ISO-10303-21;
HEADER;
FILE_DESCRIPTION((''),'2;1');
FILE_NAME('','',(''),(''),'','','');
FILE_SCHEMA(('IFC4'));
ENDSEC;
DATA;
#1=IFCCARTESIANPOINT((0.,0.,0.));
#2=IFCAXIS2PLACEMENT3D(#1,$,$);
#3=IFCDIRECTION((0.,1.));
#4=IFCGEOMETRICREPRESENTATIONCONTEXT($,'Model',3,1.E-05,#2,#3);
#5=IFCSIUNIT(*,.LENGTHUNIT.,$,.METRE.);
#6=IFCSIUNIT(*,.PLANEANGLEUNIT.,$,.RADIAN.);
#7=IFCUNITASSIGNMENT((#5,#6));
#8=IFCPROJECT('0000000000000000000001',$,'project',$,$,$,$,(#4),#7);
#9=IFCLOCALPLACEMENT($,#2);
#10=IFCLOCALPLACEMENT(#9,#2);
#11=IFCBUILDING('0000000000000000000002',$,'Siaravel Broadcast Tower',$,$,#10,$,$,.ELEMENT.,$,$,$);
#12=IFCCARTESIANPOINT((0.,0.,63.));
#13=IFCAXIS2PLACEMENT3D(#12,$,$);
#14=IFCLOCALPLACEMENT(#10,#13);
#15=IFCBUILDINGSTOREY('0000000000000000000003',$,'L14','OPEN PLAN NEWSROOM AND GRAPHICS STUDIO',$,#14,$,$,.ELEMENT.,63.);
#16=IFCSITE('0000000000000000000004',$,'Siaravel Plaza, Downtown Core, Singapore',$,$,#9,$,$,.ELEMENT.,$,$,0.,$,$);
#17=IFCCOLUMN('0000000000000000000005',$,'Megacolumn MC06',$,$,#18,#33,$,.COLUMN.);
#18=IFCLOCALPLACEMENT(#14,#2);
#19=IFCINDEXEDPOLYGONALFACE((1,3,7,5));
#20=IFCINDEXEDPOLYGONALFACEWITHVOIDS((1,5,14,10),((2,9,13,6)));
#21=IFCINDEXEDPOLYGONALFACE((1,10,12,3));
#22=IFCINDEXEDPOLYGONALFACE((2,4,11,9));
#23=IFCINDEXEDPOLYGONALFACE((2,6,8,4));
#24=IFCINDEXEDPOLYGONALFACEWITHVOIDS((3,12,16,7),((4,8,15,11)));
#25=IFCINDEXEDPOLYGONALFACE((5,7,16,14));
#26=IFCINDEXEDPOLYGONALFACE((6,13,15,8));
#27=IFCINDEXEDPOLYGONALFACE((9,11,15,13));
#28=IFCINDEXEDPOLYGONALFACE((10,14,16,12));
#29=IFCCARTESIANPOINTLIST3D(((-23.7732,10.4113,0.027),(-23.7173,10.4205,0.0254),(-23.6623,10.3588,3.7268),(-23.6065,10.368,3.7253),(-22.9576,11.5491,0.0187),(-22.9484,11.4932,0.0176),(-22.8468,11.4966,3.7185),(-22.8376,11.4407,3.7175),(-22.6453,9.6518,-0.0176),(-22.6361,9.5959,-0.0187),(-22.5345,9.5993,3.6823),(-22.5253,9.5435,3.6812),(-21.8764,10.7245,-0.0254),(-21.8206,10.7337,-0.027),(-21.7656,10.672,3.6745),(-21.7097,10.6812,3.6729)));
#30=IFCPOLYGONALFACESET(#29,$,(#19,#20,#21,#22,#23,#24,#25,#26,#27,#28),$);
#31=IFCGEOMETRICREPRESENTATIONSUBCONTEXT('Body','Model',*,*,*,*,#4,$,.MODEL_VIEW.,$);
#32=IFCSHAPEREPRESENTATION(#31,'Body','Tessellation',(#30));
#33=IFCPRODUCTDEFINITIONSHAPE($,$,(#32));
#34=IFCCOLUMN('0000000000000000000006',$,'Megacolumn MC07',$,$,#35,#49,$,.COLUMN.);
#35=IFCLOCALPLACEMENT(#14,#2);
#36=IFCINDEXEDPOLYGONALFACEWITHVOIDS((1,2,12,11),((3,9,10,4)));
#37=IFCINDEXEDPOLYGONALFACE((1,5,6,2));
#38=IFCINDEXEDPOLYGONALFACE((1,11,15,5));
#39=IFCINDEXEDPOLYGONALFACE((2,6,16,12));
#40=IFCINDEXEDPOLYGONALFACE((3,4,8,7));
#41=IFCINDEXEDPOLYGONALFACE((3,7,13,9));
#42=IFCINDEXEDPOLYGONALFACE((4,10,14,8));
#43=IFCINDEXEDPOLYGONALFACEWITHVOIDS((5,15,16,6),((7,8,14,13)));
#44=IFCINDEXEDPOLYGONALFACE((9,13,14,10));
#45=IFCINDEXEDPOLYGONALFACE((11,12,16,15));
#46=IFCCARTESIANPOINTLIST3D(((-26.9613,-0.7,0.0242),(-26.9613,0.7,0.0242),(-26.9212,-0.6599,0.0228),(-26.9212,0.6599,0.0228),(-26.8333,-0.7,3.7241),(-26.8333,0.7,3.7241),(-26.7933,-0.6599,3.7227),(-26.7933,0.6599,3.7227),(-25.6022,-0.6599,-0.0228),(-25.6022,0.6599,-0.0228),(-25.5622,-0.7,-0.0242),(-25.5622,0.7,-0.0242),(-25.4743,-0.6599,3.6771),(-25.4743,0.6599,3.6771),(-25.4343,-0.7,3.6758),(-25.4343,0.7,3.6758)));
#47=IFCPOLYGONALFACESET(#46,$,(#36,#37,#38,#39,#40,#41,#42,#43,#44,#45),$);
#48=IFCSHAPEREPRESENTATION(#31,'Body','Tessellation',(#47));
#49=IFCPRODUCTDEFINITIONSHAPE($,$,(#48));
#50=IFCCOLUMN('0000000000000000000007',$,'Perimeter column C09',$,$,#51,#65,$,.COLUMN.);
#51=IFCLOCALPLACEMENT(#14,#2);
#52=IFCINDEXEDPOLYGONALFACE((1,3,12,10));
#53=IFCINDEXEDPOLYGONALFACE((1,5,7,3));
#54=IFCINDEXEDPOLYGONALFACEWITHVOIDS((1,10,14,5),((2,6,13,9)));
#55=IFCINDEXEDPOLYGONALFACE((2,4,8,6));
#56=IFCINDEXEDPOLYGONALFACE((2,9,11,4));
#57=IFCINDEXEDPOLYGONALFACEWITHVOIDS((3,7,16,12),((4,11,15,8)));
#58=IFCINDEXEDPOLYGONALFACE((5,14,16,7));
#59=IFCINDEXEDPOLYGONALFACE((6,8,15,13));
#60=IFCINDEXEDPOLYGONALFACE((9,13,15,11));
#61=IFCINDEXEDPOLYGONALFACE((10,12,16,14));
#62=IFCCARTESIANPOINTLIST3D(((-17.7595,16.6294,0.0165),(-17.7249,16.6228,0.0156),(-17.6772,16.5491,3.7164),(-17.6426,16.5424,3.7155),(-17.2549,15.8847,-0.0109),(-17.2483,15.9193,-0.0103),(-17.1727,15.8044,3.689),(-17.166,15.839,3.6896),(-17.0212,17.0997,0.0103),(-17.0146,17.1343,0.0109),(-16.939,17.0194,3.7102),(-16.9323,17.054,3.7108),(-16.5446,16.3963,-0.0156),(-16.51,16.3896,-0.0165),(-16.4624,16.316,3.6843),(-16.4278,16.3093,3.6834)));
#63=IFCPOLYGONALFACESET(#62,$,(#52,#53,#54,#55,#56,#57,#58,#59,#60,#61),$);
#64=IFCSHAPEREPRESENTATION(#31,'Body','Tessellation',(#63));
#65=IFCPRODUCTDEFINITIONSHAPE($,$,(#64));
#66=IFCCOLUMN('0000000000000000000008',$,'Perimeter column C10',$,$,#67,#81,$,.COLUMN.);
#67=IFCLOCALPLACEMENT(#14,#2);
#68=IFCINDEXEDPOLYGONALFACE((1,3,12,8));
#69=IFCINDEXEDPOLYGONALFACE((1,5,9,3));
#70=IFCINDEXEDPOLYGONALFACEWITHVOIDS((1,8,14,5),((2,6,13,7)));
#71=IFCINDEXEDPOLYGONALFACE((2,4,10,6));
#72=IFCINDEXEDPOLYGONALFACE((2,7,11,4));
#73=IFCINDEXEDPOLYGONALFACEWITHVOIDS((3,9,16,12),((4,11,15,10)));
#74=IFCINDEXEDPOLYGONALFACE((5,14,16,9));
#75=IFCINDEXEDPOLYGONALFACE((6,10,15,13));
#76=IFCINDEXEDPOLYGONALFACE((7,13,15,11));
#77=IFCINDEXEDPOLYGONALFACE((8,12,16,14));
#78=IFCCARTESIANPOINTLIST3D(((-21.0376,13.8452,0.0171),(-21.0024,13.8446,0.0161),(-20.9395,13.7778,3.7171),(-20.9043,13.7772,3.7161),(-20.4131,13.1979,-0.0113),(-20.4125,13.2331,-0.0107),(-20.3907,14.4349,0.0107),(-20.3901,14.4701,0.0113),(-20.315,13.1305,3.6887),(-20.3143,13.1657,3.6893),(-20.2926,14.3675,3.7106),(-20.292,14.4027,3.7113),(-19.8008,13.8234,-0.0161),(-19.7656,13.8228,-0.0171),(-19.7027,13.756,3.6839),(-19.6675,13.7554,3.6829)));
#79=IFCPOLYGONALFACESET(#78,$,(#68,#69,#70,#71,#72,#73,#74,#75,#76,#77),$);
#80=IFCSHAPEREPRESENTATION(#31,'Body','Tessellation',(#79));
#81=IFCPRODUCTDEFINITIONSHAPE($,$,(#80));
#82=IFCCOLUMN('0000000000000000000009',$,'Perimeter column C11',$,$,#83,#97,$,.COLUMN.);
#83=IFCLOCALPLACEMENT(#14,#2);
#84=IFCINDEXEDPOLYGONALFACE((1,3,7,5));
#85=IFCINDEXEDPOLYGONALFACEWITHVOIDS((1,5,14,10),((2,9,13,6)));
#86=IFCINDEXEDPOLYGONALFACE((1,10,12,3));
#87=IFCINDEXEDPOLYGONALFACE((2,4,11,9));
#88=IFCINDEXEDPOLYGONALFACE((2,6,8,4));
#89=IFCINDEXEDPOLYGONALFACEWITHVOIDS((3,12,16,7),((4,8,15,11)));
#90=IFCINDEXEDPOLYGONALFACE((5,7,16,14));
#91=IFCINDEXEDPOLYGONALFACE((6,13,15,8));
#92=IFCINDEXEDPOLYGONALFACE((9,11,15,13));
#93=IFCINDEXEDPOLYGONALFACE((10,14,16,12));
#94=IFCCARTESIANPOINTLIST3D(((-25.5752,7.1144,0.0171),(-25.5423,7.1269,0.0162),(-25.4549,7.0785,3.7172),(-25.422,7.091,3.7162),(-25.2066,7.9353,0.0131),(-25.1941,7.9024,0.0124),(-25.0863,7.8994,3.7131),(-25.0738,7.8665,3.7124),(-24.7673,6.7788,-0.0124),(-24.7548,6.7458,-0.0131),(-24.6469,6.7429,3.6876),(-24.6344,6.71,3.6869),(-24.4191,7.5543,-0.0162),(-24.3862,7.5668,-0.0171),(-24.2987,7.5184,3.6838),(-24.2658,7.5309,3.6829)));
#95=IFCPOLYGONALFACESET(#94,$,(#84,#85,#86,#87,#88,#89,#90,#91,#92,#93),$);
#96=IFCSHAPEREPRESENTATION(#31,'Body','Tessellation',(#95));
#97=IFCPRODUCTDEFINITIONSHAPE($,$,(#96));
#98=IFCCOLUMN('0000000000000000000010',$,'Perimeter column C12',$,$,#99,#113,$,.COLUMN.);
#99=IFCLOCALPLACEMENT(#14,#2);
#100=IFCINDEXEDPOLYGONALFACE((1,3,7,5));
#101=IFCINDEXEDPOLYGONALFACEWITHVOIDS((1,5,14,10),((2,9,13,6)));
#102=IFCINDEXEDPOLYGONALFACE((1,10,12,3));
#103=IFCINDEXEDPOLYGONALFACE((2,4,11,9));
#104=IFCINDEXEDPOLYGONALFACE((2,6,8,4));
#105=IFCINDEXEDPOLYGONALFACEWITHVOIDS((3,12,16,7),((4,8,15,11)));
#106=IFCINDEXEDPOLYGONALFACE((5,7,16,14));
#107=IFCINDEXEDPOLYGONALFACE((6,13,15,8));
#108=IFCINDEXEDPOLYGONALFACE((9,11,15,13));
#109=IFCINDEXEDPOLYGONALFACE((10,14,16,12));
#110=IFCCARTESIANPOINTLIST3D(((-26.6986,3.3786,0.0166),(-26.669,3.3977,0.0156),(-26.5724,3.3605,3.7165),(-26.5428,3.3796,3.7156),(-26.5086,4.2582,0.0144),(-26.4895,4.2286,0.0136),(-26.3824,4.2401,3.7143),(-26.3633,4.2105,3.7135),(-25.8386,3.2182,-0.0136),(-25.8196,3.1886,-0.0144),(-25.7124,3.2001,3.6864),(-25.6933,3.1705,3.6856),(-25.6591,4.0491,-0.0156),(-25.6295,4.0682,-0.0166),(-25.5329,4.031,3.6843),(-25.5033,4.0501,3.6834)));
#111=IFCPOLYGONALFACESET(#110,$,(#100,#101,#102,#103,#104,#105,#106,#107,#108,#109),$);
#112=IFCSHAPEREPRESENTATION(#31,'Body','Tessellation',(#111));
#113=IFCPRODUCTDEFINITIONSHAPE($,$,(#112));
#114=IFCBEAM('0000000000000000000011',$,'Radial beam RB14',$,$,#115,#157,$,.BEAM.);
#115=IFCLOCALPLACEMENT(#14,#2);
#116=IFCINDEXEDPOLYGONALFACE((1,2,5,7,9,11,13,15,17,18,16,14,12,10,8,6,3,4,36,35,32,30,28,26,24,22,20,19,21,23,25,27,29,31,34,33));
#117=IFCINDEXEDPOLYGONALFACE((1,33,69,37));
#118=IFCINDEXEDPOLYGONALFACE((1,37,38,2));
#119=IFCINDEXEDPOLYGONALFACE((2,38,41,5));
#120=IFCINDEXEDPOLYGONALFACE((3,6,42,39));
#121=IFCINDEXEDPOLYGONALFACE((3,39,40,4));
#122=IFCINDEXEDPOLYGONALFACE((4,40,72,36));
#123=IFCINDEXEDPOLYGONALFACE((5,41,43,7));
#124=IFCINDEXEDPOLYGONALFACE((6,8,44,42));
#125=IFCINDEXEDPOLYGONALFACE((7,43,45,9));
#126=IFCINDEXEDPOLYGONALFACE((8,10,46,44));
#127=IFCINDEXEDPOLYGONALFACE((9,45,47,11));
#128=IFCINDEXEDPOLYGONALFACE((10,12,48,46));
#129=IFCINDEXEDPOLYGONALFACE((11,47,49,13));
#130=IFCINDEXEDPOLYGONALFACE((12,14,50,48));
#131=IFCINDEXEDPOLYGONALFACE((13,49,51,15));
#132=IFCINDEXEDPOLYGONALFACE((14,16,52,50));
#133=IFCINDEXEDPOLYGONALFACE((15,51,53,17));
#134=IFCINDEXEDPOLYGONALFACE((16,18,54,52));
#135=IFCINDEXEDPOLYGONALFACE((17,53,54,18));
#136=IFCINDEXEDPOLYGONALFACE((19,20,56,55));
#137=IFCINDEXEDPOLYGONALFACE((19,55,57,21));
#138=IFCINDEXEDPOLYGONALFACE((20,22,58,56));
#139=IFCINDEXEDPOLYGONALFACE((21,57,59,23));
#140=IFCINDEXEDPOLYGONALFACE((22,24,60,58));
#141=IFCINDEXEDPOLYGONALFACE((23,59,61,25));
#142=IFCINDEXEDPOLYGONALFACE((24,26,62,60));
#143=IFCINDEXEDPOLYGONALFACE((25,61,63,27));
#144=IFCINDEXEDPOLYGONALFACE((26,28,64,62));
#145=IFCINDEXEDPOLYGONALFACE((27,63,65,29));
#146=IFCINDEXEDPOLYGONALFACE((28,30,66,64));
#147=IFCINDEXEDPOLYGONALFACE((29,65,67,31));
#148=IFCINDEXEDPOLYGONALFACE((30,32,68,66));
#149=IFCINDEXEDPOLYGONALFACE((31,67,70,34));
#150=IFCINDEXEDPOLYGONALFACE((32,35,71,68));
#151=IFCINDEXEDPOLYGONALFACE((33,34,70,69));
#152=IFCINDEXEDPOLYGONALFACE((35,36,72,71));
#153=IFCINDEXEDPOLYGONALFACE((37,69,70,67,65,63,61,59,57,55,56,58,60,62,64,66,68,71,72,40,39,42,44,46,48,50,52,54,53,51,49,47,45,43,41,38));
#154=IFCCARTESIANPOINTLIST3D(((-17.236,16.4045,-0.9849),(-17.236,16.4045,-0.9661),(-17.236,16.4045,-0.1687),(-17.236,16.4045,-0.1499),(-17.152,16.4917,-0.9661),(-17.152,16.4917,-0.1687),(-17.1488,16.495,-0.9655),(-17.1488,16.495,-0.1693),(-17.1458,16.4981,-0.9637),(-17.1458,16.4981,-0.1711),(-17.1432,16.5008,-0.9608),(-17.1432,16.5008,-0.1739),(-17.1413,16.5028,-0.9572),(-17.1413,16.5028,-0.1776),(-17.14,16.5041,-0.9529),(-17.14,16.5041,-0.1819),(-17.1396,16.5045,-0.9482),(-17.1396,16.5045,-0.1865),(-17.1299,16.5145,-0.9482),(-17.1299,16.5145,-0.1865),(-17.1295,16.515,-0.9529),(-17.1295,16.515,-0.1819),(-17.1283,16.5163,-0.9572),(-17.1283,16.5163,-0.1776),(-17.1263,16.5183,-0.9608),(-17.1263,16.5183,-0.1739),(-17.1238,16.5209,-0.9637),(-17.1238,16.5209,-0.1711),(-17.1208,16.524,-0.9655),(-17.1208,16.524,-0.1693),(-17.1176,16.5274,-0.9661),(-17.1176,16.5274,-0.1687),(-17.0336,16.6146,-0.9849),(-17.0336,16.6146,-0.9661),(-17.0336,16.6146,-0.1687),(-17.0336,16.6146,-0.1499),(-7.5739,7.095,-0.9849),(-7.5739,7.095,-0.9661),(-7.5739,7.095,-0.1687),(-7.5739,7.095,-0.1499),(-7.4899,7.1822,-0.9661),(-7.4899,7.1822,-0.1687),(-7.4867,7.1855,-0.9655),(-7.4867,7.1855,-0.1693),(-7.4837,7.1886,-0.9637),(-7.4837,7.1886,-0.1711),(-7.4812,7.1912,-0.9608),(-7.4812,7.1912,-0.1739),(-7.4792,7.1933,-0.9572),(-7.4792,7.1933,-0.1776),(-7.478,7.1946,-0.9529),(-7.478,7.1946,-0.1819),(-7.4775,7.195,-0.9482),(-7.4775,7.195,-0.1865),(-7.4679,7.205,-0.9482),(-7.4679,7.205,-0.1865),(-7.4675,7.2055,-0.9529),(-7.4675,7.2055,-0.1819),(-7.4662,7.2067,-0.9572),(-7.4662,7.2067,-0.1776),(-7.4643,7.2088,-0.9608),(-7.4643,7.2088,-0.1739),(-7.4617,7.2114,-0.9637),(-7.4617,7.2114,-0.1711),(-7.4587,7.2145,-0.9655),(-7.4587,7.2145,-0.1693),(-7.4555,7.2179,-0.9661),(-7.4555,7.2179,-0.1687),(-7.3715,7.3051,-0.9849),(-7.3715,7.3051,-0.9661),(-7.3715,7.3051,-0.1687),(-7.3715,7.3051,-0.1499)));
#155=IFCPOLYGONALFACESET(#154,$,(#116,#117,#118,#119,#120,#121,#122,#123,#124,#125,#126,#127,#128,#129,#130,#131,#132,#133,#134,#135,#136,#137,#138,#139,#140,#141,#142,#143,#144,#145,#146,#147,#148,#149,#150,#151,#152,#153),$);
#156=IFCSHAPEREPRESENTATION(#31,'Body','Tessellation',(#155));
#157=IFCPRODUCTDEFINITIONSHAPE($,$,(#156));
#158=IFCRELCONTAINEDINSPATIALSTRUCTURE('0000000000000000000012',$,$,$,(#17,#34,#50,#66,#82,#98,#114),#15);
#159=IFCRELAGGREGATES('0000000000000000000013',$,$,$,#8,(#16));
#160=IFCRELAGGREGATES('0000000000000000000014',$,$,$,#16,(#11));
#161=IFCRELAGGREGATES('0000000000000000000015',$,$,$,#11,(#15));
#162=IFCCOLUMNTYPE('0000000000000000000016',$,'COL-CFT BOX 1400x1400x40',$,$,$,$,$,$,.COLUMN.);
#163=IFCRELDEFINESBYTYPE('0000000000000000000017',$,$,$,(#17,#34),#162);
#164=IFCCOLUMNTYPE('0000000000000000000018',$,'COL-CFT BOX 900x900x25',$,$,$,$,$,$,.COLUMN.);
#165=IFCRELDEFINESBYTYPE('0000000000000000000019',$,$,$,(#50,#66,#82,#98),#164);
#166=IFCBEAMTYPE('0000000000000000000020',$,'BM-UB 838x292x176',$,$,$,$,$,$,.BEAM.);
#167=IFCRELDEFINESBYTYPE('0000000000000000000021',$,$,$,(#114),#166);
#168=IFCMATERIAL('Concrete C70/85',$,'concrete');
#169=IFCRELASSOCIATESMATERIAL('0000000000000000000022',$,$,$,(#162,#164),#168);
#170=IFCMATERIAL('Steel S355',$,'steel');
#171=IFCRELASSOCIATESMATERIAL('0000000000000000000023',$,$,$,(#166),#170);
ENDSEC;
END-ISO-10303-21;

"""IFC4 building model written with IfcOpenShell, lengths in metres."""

from ifc_helpers import new_model, si_unit, direction, frame, origin, origin_2d, place, context, subcontext, project, spatial, hollow_rectangle, i_section, extrude, material, material_profile, profile_set, type_object, element, save


model = new_model("IFC4")

# Units and contexts
model_context = context("Model", 3, precision=1e-05, world=origin(), true_north=direction((0.0, 1.0)))
body_context = subcontext(model_context, "Body", "Model", "MODEL_VIEW")
ifc_project = project(units=[si_unit("LENGTHUNIT", "METRE"), si_unit("PLANEANGLEUNIT", "RADIAN")], contexts=[model_context])

# Site, building, storey
site_placement = place(None, origin())
site = spatial("IfcSite", under=ifc_project, at=site_placement, Name="Siaravel Plaza, Downtown Core, Singapore", CompositionType="ELEMENT", RefElevation=0.0)
building_placement = place(site_placement, origin())
building = spatial("IfcBuilding", under=site, at=building_placement, Name="Siaravel Broadcast Tower", CompositionType="ELEMENT")
storey_placement = place(building_placement, frame((0.0, 0.0, 63.0)))
storey = spatial("IfcBuildingStorey", under=building, at=storey_placement, Name="L14", Description="OPEN PLAN NEWSROOM AND GRAPHICS STUDIO", CompositionType="ELEMENT", Elevation=63.0)

# Columns
ifc_material_1 = material(Name="Concrete C70/85", Category="concrete")
ifc_material_profile_1 = material_profile(ifc_material_1, hollow_rectangle(XDim=1.3999, YDim=1.3999, WallThickness=0.04, at=origin_2d()))
ifc_profile_set_1 = profile_set([ifc_material_profile_1], Name="Concrete C70/85")
column_type_1 = type_object("IfcColumnType", Name="COL-CFT BOX 1400x1400x40", PredefinedType="COLUMN", material=ifc_profile_set_1)
column_1_placement = place(storey_placement, frame((-22.7969, 10.5725, 0.0), z_axis=(0.029941, -0.014179, 0.999451), x_axis=(0.582584, 0.812749, -0.005922)))
element("IfcColumn", 1, at=column_1_placement, inside=storey, type_object=column_type_1, Name="Megacolumn MC06", PredefinedType="COLUMN", context=body_context, shape_type="SweptSolid", body=[
    extrude(hollow_rectangle(XDim=1.3999, YDim=1.3999, WallThickness=0.04, at=origin_2d()), origin(), (0.0, 0.0, 1.0), 3.7019),
])
column_2_placement = place(storey_placement, frame((-26.2617, 0.0, 0.0), z_axis=(0.034555, 0.0, 0.999403), x_axis=(0.0, 1.0, 0.0)))
element("IfcColumn", 2, at=column_2_placement, inside=storey, type_object=column_type_1, Name="Megacolumn MC07", PredefinedType="COLUMN", context=body_context, shape_type="SweptSolid", body=[
    extrude(hollow_rectangle(XDim=1.3999, YDim=1.3999, WallThickness=0.04, at=origin_2d()), origin(), (0.0, 0.0, 1.0), 3.7021),
])
ifc_material_profile_2 = material_profile(ifc_material_1, hollow_rectangle(XDim=0.8999, YDim=0.8999, WallThickness=0.0249, at=origin_2d()))
ifc_profile_set_2 = profile_set([ifc_material_profile_2], Name="Concrete C70/85")
column_type_2 = type_object("IfcColumnType", Name="COL-CFT BOX 900x900x25", PredefinedType="COLUMN", material=ifc_profile_set_2)
column_3_placement = place(storey_placement, frame((-17.1348, 16.5095, 0.0), z_axis=(0.022226, -0.021699, 0.999517), x_axis=(0.827744, 0.561071, -0.006226)))
element("IfcColumn", 3, at=column_3_placement, inside=storey, type_object=column_type_2, Name="Perimeter column C09", PredefinedType="COLUMN", context=body_context, shape_type="SweptSolid", body=[
    extrude(hollow_rectangle(XDim=0.8999, YDim=0.8999, WallThickness=0.0249, at=origin_2d()), origin(), (0.0, 0.0, 1.0), 3.7017),
])
column_4_placement = place(storey_placement, frame((-20.4016, 13.834, 0.0), z_axis=(0.026512, -0.018202, 0.999483), x_axis=(0.719524, 0.694438, -0.006439)))
element("IfcColumn", 4, at=column_4_placement, inside=storey, type_object=column_type_2, Name="Perimeter column C10", PredefinedType="COLUMN", context=body_context, shape_type="SweptSolid", body=[
    extrude(hollow_rectangle(XDim=0.8999, YDim=0.8999, WallThickness=0.0249, at=origin_2d()), origin(), (0.0, 0.0, 1.0), 3.7019),
])
for number, where, z_axis, x_axis, name in (
    (5, (-24.9807, 7.3406, 0.0), (0.032512, -0.009694, 0.999424), (0.409615, 0.912247, -0.004476), "Perimeter column C11"),
    (6, (-26.1641, 3.7234, 0.0), (0.034094, -0.00488, 0.999407), (0.211191, 0.977442, -0.002432), "Perimeter column C12"),
):
    element("IfcColumn", number, at=place(storey_placement, frame(where, z_axis=z_axis, x_axis=x_axis)), inside=storey, type_object=column_type_2, Name=name, PredefinedType="COLUMN", context=body_context, shape_type="SweptSolid", body=[
        extrude(hollow_rectangle(XDim=0.8999, YDim=0.8999, WallThickness=0.0249, at=origin_2d()), origin(), (0.0, 0.0, 1.0), 3.7021),
    ])

# Beam
ifc_material_2 = material(Name="Steel S355", Category="steel")
ifc_material_profile_3 = material_profile(ifc_material_2, i_section(OverallWidth=0.2917, OverallDepth=0.835, WebThickness=0.0139, FlangeThickness=0.0188, FilletRadius=0.0178, at=origin_2d()))
ifc_profile_set_3 = profile_set([ifc_material_profile_3], Name="Steel S355")
beam_type = type_object("IfcBeamType", Name="BM-UB 838x292x176", PredefinedType="BEAM", material=ifc_profile_set_3)
beam_1_placement = place(storey_placement, frame((-17.1348, 16.5095, -0.5674), z_axis=(0.720122, -0.693847, 0.0), x_axis=(0.693847, 0.720122, 0.0)))
element("IfcBeam", 7, at=beam_1_placement, inside=storey, type_object=beam_type, Name="Radial beam RB14", PredefinedType="BEAM", context=body_context, shape_type="SweptSolid", body=[
    extrude(i_section(OverallWidth=0.2917, OverallDepth=0.835, WebThickness=0.0139, FlangeThickness=0.0188, FilletRadius=0.0178, at=origin_2d()), origin(), (0.0, 0.0, 1.0), 13.4172),
])

save(model, "model.ifc")
